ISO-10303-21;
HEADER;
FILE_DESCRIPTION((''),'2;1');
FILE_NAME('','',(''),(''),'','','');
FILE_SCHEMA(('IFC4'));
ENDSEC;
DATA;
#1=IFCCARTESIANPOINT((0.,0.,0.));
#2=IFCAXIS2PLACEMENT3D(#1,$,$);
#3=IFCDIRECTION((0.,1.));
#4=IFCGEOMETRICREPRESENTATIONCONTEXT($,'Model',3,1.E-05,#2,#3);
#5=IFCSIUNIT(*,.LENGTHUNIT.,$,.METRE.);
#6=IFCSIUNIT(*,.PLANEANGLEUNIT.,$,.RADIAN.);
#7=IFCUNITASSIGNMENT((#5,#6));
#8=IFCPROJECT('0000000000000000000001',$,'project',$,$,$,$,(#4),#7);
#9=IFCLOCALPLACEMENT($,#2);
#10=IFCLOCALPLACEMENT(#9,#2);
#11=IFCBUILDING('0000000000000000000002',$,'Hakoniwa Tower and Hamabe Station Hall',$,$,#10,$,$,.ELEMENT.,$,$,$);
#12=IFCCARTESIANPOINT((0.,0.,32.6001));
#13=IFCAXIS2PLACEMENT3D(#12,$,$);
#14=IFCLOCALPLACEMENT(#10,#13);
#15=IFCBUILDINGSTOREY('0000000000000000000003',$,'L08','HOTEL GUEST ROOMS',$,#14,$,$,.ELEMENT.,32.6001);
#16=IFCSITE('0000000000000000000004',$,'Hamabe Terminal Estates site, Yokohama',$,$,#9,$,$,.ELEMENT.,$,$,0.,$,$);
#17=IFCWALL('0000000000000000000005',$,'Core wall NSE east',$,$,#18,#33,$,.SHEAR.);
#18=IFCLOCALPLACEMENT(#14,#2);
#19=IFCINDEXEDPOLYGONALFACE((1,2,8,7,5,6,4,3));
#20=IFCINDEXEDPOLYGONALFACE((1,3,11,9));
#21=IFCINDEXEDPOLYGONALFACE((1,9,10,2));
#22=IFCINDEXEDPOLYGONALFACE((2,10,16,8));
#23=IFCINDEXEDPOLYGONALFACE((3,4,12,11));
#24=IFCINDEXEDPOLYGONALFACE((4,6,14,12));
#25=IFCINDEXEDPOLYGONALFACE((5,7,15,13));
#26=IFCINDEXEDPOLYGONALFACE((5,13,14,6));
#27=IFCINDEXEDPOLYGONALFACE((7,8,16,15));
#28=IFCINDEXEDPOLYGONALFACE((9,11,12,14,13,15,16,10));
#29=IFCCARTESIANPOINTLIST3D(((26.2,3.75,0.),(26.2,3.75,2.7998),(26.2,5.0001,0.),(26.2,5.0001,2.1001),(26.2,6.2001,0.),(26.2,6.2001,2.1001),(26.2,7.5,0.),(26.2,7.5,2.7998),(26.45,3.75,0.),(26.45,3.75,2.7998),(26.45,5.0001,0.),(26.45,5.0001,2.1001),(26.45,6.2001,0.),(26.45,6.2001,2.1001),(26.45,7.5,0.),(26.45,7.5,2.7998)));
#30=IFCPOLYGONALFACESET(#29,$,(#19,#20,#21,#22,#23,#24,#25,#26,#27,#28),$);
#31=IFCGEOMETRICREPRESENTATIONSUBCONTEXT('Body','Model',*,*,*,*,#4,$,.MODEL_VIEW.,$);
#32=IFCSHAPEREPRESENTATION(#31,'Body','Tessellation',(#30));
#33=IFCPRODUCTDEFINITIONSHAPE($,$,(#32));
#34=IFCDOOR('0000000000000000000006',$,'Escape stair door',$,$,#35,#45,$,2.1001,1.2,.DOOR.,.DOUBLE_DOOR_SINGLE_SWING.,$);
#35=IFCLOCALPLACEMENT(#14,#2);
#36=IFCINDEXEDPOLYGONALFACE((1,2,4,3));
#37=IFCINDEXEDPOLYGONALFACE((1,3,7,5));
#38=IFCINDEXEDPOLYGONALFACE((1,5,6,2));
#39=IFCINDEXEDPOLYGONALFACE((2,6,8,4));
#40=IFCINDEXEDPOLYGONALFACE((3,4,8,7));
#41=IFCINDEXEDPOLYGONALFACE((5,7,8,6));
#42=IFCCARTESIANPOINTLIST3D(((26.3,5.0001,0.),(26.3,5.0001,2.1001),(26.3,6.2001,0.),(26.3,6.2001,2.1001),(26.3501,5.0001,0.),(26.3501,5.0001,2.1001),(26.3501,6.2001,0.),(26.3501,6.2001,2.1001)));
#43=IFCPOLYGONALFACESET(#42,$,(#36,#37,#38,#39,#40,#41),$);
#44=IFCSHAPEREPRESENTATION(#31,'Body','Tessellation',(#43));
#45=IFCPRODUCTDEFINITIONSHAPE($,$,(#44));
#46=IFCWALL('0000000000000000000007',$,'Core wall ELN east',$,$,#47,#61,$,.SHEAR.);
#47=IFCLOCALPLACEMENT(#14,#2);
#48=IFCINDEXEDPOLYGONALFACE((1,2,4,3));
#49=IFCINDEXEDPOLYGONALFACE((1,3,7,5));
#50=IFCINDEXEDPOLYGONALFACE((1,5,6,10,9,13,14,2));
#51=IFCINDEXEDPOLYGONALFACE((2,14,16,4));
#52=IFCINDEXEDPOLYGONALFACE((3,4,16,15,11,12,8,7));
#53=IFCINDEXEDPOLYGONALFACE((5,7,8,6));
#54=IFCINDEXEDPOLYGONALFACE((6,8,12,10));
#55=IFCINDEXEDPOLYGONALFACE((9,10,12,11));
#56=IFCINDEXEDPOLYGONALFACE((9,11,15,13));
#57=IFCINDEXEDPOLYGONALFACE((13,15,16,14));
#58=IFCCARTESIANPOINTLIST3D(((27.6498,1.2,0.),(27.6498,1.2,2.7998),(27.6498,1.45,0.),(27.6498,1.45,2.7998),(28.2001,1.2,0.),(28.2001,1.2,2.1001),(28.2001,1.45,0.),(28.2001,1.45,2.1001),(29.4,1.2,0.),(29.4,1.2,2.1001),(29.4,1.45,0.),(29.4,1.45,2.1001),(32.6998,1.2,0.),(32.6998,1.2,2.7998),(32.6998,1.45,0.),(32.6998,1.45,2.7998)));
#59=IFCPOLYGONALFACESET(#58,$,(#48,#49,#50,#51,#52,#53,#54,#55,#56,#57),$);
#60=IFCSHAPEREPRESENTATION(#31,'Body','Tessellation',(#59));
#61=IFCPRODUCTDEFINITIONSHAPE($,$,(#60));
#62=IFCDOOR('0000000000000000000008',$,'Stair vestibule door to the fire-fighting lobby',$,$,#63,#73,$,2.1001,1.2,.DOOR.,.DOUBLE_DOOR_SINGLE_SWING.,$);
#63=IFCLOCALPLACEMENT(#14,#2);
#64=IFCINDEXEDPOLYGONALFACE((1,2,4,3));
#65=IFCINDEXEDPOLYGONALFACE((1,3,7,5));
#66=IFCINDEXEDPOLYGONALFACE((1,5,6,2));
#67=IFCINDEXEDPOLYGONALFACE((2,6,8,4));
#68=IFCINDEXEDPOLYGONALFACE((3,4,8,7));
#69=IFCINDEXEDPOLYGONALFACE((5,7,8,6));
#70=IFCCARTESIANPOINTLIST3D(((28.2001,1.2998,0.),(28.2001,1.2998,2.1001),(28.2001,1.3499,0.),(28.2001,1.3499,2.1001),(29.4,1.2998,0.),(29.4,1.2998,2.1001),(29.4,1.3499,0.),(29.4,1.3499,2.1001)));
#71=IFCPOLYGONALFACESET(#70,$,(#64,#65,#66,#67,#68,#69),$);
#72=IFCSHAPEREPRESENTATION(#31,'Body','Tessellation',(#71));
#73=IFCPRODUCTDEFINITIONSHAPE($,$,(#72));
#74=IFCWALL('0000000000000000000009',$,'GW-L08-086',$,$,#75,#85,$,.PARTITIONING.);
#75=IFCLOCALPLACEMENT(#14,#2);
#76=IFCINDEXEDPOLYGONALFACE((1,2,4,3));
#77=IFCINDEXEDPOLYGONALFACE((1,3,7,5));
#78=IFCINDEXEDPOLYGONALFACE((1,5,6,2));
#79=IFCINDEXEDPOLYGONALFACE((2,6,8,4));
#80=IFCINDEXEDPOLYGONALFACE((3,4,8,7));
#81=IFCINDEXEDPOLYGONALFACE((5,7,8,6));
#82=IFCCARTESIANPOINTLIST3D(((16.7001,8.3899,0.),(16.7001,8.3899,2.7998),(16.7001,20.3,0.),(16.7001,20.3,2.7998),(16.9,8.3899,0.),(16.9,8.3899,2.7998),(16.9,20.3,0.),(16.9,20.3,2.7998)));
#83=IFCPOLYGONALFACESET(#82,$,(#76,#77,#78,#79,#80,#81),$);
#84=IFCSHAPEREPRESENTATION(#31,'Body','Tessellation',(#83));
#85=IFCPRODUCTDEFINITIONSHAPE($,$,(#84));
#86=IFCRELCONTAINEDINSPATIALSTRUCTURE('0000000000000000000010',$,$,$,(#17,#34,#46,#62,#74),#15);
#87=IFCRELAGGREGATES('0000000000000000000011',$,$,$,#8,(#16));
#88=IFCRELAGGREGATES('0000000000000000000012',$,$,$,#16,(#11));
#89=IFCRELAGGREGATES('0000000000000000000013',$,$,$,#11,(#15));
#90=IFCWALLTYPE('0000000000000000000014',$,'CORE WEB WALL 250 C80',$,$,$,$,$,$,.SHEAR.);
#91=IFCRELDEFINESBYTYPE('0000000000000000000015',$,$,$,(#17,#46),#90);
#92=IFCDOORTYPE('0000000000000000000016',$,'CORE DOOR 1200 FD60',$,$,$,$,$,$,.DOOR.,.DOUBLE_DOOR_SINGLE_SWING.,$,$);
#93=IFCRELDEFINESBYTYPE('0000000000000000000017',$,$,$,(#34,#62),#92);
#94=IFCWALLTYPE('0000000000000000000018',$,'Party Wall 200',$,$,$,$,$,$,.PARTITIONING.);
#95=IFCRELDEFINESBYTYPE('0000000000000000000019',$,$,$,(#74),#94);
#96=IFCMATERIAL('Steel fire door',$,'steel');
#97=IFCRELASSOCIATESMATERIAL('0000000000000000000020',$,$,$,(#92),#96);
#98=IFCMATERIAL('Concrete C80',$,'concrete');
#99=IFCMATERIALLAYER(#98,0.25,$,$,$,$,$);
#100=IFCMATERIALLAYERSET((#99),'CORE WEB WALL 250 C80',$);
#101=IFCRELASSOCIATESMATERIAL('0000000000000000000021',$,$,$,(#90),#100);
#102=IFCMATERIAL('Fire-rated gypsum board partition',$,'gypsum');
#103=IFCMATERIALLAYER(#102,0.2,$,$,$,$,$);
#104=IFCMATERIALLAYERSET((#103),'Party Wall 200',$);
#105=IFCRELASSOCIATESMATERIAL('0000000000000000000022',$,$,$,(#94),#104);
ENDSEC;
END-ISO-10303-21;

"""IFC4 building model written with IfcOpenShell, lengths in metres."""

from ifc_helpers import new_model, si_unit, direction, frame, frame_2d, origin, place, context, subcontext, project, spatial, rectangle, extrude, material, layer, layer_set, type_object, element, fill, save


model = new_model("IFC4")

# Units and contexts
model_context = context("Model", 3, precision=1e-05, world=origin(), true_north=direction((0.0, 1.0)))
body_context = subcontext(model_context, "Body", "Model", "MODEL_VIEW")
ifc_project = project(units=[si_unit("LENGTHUNIT", "METRE"), si_unit("PLANEANGLEUNIT", "RADIAN")], contexts=[model_context])

# Site, building, storey
site_placement = place(None, origin())
site = spatial("IfcSite", under=ifc_project, at=site_placement, Name="Hamabe Terminal Estates site, Yokohama", CompositionType="ELEMENT", RefElevation=0.0)
building_placement = place(site_placement, origin())
building = spatial("IfcBuilding", under=site, at=building_placement, Name="Hakoniwa Tower and Hamabe Station Hall", CompositionType="ELEMENT")
storey_placement = place(building_placement, frame((0.0, 0.0, 32.6001)))
storey = spatial("IfcBuildingStorey", under=building, at=storey_placement, Name="L08", Description="HOTEL GUEST ROOMS", CompositionType="ELEMENT", Elevation=32.6001)

# Shared definitions
ifc_material_1 = material(Name="Steel fire door", Category="steel")
door_type_1 = type_object("IfcDoorType", Name="CORE DOOR 1200 FD60", OperationType="DOUBLE_DOOR_SINGLE_SWING", PredefinedType="DOOR", material=ifc_material_1)

# Shared definitions
ifc_material_2 = material(Name="Concrete C80", Category="concrete")
ifc_layer_1 = layer(ifc_material_2, 0.25)
ifc_layer_set_1 = layer_set([ifc_layer_1], Name="CORE WEB WALL 250 C80")
wall_type_1 = type_object("IfcWallType", Name="CORE WEB WALL 250 C80", PredefinedType="SHEAR", material=ifc_layer_set_1)

# Walls, openings, doors
wall_1_placement = place(storey_placement, frame((26.325, 3.75, 0.0), z_axis=(0.0, 0.0, 1.0), x_axis=(0.0, 1.0, 0.0)))
wall_1 = element("IfcWall", 1, at=wall_1_placement, inside=storey, type_object=wall_type_1, Name="Core wall NSE east", PredefinedType="SHEAR", context=body_context, shape_type="SweptSolid", body=[
    extrude(rectangle(XDim=3.75, YDim=0.25, at=frame_2d((1.875, 0.0))), origin(), (0.0, 0.0, 1.0), 2.7998),
])
opening_1_placement = place(wall_1_placement, frame((1.25, 0.0, 0.0)))
opening_1 = element("IfcOpeningElement", 2, at=opening_1_placement, cuts=wall_1, PredefinedType="OPENING", context=body_context, shape_type="SweptSolid", body=[
    extrude(rectangle(XDim=1.2, YDim=2.1001, at=frame_2d((0.6001, 1.05))), frame((0.0, 0.135, 0.0), z_axis=(0.0, -1.0, 0.0), x_axis=(1.0, 0.0, 0.0)), (0.0, 0.0, 1.0), 0.27),
])
door_1_placement = place(opening_1_placement, origin())
door_1 = element("IfcDoor", 3, at=door_1_placement, inside=storey, type_object=door_type_1, Name="Escape stair door", OperationType="DOUBLE_DOOR_SINGLE_SWING", OverallHeight=2.1001, OverallWidth=1.2, PredefinedType="DOOR", context=body_context, shape_type="SweptSolid", body=[
    extrude(rectangle(XDim=1.2, YDim=2.1001, at=frame_2d((0.6001, 1.05))), frame((0.0, 0.0249, 0.0), z_axis=(0.0, -1.0, 0.0), x_axis=(1.0, 0.0, 0.0)), (0.0, 0.0, 1.0), 0.05),
])
fill(opening_1, door_1)
wall_2_placement = place(storey_placement, frame((27.6499, 1.325, 0.0), z_axis=(0.0, 0.0, 1.0), x_axis=(1.0, 0.0, 0.0)))
wall_2 = element("IfcWall", 4, at=wall_2_placement, inside=storey, type_object=wall_type_1, Name="Core wall ELN east", PredefinedType="SHEAR", context=body_context, shape_type="SweptSolid", body=[
    extrude(rectangle(XDim=5.05, YDim=0.25, at=frame_2d((2.5249, 0.0))), origin(), (0.0, 0.0, 1.0), 2.7998),
])
opening_2_placement = place(wall_2_placement, frame((0.55, 0.0, 0.0)))
opening_2 = element("IfcOpeningElement", 5, at=opening_2_placement, cuts=wall_2, PredefinedType="OPENING", context=body_context, shape_type="SweptSolid", body=[
    extrude(rectangle(XDim=1.2, YDim=2.1001, at=frame_2d((0.6001, 1.05))), frame((0.0, 0.135, 0.0), z_axis=(0.0, -1.0, 0.0), x_axis=(1.0, 0.0, 0.0)), (0.0, 0.0, 1.0), 0.27),
])
door_2_placement = place(opening_2_placement, origin())
door_2 = element("IfcDoor", 6, at=door_2_placement, inside=storey, type_object=door_type_1, Name="Stair vestibule door to the fire-fighting lobby", OperationType="DOUBLE_DOOR_SINGLE_SWING", OverallHeight=2.1001, OverallWidth=1.2, PredefinedType="DOOR", context=body_context, shape_type="SweptSolid", body=[
    extrude(rectangle(XDim=1.2, YDim=2.1001, at=frame_2d((0.6001, 1.05))), frame((0.0, 0.0249, 0.0), z_axis=(0.0, -1.0, 0.0), x_axis=(1.0, 0.0, 0.0)), (0.0, 0.0, 1.0), 0.05),
])
fill(opening_2, door_2)

# Wall
ifc_material_3 = material(Name="Fire-rated gypsum board partition", Category="gypsum")
ifc_layer_2 = layer(ifc_material_3, 0.2)
ifc_layer_set_2 = layer_set([ifc_layer_2], Name="Party Wall 200")
wall_type_2 = type_object("IfcWallType", Name="Party Wall 200", PredefinedType="PARTITIONING", material=ifc_layer_set_2)
wall_3_placement = place(storey_placement, frame((16.8, 8.3899, 0.0), z_axis=(0.0, 0.0, 1.0), x_axis=(0.0, 1.0, 0.0)))
element("IfcWall", 7, at=wall_3_placement, inside=storey, type_object=wall_type_2, Name="GW-L08-086", PredefinedType="PARTITIONING", context=body_context, shape_type="SweptSolid", body=[
    extrude(rectangle(XDim=11.9102, YDim=0.2, at=frame_2d((5.9551, 0.0))), origin(), (0.0, 0.0, 1.0), 2.7998),
])

save(model, "model.ifc")
